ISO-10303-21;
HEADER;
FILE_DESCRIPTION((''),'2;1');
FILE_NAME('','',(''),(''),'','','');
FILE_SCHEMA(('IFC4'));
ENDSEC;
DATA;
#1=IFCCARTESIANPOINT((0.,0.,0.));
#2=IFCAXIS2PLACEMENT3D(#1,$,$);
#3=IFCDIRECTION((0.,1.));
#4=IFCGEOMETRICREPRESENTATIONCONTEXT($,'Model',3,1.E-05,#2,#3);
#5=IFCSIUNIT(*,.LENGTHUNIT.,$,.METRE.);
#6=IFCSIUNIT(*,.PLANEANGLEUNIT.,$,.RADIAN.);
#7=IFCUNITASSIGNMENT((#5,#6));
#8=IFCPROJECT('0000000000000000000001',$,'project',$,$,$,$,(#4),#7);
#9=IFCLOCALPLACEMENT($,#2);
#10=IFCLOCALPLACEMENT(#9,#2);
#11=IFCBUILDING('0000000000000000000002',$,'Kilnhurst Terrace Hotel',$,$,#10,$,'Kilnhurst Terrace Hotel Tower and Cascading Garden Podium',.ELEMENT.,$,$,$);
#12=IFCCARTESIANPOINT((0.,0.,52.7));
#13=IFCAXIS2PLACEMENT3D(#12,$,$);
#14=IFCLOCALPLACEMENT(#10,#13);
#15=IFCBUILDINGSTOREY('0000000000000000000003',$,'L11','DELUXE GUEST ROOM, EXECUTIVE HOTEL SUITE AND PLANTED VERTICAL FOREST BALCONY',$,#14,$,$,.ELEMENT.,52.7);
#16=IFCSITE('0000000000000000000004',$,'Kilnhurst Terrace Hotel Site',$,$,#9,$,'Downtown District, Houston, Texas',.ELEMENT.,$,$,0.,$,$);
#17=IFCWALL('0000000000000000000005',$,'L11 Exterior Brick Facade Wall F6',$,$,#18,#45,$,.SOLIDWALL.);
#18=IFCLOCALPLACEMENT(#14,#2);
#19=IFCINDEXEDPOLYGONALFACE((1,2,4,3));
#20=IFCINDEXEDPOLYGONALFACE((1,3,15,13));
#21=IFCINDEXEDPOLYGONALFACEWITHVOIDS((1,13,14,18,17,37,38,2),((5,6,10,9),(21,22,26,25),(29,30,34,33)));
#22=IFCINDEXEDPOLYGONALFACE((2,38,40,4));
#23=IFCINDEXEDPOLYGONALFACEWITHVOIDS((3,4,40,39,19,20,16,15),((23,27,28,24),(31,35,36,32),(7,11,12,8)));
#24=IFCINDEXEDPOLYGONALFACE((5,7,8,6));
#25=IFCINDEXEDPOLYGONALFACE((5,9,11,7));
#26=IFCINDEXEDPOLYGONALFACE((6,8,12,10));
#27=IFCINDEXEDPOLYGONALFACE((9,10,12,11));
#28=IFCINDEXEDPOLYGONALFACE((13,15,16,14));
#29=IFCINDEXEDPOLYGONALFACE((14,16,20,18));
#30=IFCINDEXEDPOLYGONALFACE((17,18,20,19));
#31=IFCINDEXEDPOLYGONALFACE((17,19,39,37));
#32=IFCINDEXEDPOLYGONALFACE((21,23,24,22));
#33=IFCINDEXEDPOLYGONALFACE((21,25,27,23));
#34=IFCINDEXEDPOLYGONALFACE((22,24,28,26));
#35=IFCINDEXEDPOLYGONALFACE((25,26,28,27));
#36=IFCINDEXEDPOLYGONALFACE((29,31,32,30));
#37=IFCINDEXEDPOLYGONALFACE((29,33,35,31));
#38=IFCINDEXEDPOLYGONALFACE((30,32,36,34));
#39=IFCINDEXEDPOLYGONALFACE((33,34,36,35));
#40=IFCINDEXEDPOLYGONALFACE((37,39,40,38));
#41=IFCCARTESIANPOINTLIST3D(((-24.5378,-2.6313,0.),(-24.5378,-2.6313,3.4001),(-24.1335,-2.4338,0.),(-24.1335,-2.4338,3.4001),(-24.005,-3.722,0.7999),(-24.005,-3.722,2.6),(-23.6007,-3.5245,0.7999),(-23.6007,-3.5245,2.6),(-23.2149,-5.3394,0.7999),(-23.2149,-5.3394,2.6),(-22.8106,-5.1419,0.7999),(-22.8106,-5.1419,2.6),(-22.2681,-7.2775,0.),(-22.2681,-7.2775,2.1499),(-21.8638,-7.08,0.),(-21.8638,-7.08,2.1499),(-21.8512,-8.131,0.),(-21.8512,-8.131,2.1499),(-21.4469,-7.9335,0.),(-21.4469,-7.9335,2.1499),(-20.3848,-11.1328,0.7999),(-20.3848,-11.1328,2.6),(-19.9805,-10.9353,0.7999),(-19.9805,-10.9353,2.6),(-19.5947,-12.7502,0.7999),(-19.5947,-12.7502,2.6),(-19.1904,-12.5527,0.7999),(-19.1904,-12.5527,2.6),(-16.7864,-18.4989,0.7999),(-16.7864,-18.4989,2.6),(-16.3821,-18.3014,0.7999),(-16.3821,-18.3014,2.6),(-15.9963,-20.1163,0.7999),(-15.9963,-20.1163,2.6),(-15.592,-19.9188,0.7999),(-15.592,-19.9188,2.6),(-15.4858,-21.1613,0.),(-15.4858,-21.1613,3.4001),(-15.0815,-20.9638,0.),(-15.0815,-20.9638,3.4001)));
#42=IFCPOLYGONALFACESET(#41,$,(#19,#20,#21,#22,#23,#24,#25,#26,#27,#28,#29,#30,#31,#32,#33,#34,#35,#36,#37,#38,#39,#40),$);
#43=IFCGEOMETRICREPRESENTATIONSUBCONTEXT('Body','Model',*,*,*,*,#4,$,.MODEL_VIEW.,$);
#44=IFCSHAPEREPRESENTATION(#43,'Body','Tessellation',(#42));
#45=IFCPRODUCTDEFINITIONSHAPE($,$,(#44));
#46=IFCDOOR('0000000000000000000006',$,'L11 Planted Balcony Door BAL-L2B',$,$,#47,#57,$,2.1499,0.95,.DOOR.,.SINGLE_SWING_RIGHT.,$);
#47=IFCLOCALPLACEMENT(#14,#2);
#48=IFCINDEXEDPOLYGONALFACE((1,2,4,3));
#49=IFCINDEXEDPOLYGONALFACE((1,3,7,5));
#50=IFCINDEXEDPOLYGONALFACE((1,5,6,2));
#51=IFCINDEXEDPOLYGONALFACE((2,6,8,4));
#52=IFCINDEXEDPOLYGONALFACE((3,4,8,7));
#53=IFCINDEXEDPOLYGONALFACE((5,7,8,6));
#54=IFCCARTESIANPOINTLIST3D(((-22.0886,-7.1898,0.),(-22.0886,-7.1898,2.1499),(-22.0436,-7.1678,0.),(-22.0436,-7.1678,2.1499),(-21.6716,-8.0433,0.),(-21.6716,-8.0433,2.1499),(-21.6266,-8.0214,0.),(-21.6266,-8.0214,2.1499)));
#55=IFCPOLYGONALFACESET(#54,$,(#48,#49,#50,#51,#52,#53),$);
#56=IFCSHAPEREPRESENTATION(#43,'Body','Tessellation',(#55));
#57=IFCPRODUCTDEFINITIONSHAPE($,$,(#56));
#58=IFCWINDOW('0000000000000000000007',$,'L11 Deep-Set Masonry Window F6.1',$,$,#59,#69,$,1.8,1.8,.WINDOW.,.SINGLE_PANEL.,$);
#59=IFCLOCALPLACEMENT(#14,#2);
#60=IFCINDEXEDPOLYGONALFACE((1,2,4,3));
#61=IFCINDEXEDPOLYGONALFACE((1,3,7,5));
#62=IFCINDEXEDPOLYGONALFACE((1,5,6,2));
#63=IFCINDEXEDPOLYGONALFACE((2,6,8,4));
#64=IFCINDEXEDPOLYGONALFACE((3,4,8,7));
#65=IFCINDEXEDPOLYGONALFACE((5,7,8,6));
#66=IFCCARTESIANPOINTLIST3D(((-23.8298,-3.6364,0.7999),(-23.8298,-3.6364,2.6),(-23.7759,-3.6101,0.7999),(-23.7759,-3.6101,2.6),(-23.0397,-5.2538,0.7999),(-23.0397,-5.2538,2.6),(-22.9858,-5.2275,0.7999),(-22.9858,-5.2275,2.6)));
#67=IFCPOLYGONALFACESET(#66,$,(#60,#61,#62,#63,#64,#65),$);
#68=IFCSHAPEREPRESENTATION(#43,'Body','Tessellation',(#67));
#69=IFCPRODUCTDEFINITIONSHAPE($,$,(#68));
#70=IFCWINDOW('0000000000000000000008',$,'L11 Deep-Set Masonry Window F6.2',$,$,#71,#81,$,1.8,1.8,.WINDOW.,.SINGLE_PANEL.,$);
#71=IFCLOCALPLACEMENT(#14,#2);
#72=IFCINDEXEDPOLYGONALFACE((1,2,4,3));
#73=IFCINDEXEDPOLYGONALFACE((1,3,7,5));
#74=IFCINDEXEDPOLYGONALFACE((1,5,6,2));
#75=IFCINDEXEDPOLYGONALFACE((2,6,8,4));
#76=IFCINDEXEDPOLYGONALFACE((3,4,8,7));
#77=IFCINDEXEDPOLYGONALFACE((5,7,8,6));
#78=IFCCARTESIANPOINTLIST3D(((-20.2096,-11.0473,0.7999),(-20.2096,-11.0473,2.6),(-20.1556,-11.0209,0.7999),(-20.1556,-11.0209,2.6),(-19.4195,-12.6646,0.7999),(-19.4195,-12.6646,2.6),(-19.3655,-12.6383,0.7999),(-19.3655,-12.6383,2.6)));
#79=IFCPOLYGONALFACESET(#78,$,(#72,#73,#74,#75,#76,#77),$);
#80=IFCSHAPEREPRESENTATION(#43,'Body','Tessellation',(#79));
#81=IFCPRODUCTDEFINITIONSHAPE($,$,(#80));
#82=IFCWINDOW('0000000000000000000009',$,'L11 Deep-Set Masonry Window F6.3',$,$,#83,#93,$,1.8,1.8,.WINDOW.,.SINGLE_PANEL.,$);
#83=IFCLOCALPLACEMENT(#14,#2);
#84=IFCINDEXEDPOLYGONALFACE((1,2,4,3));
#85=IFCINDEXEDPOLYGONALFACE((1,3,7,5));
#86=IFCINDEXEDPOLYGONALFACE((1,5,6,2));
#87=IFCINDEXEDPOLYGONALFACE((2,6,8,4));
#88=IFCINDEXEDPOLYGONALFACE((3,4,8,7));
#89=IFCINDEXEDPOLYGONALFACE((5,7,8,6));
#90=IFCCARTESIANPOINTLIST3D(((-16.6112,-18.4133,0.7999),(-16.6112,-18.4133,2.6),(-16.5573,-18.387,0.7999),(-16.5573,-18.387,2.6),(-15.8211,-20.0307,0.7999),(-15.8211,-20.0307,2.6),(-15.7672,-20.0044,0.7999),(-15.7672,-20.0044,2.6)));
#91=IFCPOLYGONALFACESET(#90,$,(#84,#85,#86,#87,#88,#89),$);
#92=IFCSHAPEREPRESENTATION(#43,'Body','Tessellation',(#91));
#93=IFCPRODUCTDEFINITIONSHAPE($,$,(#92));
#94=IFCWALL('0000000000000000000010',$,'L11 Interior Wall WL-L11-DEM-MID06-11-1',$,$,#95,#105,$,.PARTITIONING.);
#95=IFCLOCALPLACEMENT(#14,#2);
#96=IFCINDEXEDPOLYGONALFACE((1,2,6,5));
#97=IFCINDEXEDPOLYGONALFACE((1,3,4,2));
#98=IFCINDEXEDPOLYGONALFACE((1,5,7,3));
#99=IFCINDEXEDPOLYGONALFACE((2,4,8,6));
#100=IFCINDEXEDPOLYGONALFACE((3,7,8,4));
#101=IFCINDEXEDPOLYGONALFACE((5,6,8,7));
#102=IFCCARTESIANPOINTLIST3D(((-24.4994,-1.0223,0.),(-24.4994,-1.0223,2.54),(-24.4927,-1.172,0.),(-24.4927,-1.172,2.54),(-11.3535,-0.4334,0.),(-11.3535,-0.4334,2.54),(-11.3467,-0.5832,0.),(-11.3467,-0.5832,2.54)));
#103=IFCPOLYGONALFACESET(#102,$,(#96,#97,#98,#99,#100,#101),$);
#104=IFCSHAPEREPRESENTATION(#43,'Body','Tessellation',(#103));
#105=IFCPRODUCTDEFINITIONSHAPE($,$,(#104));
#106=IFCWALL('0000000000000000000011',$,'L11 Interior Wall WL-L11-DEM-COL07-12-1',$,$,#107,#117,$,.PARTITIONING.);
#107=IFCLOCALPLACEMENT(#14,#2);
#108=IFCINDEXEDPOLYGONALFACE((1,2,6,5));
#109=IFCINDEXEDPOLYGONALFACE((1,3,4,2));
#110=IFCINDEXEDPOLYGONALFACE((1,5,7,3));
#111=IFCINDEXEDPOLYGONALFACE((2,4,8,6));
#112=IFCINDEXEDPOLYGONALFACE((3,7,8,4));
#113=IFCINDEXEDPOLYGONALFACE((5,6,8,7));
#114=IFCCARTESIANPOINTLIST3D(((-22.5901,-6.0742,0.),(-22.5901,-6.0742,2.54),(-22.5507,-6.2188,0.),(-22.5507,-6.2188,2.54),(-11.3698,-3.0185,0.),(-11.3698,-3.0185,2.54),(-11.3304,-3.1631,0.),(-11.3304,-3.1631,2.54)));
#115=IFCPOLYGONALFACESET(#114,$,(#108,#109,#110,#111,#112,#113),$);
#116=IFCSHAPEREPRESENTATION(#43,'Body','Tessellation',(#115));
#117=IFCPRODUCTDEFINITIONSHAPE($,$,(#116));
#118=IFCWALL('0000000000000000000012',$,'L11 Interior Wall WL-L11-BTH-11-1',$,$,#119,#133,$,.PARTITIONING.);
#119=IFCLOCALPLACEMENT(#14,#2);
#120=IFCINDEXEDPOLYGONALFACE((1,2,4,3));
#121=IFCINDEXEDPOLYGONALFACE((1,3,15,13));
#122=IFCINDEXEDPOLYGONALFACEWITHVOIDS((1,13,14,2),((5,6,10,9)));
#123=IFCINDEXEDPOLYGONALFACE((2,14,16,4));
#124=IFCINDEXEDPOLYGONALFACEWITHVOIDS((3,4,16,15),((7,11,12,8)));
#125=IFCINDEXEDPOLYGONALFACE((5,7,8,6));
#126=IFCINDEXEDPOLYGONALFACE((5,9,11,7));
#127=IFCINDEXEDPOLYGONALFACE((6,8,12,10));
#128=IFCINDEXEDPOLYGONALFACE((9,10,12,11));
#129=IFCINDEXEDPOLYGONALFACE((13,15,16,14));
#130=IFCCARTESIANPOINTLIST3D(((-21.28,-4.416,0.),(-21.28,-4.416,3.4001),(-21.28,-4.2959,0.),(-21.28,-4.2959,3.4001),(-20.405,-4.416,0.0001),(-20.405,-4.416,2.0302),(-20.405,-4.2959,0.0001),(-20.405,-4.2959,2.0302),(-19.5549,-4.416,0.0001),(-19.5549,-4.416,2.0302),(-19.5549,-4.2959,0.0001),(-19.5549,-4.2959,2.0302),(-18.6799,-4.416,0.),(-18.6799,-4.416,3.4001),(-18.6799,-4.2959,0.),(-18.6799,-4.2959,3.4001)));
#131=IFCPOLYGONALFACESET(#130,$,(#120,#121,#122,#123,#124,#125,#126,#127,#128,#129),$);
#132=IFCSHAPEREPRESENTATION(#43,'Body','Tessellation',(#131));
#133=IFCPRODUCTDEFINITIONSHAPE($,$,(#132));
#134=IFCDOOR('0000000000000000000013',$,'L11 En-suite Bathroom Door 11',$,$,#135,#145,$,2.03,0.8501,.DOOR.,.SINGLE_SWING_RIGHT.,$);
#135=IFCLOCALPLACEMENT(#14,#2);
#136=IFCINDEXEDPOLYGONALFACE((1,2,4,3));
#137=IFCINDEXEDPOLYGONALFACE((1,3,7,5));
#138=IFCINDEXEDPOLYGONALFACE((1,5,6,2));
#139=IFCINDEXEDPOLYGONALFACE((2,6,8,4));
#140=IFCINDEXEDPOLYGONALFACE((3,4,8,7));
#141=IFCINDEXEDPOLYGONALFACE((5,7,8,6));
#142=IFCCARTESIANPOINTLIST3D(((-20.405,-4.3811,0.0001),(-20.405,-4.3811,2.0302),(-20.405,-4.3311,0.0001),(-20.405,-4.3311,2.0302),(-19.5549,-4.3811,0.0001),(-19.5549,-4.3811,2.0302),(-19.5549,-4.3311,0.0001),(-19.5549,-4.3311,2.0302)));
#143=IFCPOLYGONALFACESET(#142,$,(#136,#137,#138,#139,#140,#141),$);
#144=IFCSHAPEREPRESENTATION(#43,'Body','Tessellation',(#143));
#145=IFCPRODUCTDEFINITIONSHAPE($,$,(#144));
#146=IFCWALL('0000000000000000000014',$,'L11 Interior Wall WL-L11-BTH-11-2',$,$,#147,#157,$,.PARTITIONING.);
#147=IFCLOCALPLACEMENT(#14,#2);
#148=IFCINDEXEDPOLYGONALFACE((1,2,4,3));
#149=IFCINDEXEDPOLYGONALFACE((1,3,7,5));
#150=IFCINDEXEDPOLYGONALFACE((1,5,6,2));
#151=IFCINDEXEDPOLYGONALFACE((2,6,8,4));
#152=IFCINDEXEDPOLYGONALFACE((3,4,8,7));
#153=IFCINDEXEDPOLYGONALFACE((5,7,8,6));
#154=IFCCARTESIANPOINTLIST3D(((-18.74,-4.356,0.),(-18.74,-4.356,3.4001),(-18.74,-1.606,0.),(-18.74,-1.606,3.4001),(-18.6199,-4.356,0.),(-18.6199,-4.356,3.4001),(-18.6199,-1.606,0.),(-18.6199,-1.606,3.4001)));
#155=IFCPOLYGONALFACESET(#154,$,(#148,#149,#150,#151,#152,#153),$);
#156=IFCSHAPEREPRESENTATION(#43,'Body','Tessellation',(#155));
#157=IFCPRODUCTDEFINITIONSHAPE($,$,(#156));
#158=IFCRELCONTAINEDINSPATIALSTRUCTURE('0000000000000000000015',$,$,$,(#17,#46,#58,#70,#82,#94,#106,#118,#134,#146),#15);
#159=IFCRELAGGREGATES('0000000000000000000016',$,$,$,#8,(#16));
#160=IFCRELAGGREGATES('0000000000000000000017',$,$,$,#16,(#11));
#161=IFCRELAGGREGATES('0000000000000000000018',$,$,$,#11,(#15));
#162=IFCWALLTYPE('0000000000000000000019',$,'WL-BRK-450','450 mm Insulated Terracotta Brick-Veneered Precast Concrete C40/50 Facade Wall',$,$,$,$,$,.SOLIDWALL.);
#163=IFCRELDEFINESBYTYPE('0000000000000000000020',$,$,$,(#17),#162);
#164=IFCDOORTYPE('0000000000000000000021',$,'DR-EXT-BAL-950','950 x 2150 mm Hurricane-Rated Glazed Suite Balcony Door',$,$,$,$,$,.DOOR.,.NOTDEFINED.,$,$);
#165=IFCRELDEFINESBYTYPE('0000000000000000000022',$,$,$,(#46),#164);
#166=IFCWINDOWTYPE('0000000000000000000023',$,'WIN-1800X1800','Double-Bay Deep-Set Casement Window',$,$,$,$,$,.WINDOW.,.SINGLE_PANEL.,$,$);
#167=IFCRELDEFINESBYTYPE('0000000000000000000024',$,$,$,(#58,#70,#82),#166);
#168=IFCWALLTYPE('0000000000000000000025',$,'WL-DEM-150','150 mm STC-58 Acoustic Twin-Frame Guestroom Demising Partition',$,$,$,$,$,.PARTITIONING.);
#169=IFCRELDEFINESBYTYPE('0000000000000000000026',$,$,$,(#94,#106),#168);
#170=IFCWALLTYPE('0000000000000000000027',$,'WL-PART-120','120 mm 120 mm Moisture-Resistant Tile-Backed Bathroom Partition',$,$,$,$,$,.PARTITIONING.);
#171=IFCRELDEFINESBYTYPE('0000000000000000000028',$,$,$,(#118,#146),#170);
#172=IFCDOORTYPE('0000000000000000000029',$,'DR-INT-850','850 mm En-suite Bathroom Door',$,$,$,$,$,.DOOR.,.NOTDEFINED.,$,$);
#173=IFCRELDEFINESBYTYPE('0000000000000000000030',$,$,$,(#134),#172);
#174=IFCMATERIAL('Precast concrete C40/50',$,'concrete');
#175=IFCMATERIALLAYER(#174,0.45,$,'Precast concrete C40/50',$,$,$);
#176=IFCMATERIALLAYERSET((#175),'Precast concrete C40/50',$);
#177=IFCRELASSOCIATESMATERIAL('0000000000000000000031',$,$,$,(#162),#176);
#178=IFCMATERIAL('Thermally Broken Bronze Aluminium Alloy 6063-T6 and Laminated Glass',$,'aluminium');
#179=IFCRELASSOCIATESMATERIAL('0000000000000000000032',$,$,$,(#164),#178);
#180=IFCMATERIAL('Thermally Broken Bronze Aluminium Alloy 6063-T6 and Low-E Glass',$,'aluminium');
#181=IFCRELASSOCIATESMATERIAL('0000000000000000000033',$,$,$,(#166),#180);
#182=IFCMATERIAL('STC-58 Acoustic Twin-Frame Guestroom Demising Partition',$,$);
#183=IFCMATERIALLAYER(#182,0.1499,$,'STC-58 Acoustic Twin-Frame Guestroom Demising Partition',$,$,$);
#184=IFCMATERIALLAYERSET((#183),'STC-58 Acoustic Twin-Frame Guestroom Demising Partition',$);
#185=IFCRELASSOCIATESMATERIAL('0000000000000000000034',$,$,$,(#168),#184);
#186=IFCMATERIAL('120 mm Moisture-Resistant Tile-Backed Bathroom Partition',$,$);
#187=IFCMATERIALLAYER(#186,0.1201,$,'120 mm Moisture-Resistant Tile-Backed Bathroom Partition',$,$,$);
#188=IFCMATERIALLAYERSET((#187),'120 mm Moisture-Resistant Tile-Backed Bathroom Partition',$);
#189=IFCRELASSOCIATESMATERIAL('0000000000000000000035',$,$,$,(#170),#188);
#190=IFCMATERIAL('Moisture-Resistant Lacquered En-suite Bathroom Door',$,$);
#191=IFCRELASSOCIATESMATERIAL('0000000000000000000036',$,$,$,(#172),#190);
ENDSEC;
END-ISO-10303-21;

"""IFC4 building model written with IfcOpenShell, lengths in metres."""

from ifc_helpers import new_model, si_unit, direction, frame, frame_2d, origin, place, context, subcontext, project, spatial, rectangle, extrude, material, layer, layer_set, type_object, element, fill, save


model = new_model("IFC4")

# Units and contexts
model_context = context("Model", 3, precision=1e-05, world=origin(), true_north=direction((0.0, 1.0)))
body_context = subcontext(model_context, "Body", "Model", "MODEL_VIEW")
ifc_project = project(units=[si_unit("LENGTHUNIT", "METRE"), si_unit("PLANEANGLEUNIT", "RADIAN")], contexts=[model_context])

# Site, building, storey
site_placement = place(None, origin())
site = spatial("IfcSite", under=ifc_project, at=site_placement, Name="Kilnhurst Terrace Hotel Site", LongName="Downtown District, Houston, Texas", CompositionType="ELEMENT", RefElevation=0.0)
building_placement = place(site_placement, origin())
building = spatial("IfcBuilding", under=site, at=building_placement, Name="Kilnhurst Terrace Hotel", LongName="Kilnhurst Terrace Hotel Tower and Cascading Garden Podium", CompositionType="ELEMENT")
storey_placement = place(building_placement, frame((0.0, 0.0, 52.7)))
storey = spatial("IfcBuildingStorey", under=building, at=storey_placement, Name="L11", Description="DELUXE GUEST ROOM, EXECUTIVE HOTEL SUITE AND PLANTED VERTICAL FOREST BALCONY", CompositionType="ELEMENT", Elevation=52.7)

# Shared definitions
ifc_material_1 = material(Name="Precast concrete C40/50", Category="concrete")
ifc_layer_1 = layer(ifc_material_1, 0.45, Name="Precast concrete C40/50")
ifc_layer_set_1 = layer_set([ifc_layer_1], Name="Precast concrete C40/50")
wall_type_1 = type_object("IfcWallType", Name="WL-BRK-450", Description="450 mm Insulated Terracotta Brick-Veneered Precast Concrete C40/50 Facade Wall", PredefinedType="SOLIDWALL", material=ifc_layer_set_1)

# Wall, openings, door, windows
wall_1_placement = place(storey_placement, frame((-24.3357, -2.5325, 0.0), z_axis=(0.0, 0.0, 1.0), x_axis=(0.438931, -0.898521, 0.0)))
wall_1 = element("IfcWall", 1, at=wall_1_placement, inside=storey, type_object=wall_type_1, Name="L11 Exterior Brick Facade Wall F6", PredefinedType="SOLIDWALL", context=body_context, shape_type="SweptSolid", body=[
    extrude(rectangle(XDim=20.6228, YDim=0.45, at=frame_2d((10.3115, 0.0))), origin(), (0.0, 0.0, 1.0), 3.4001),
])
opening_1_placement = place(wall_1_placement, frame((5.1709, 0.0, 0.0)))
opening_1 = element("IfcOpeningElement", 2, at=opening_1_placement, cuts=wall_1, PredefinedType="OPENING", context=body_context, shape_type="SweptSolid", body=[
    extrude(rectangle(XDim=0.95, YDim=2.1499, at=frame_2d((0.4751, 1.075))), frame((0.0, 0.2349, 0.0), z_axis=(0.0, -1.0, 0.0), x_axis=(1.0, 0.0, 0.0)), (0.0, 0.0, 1.0), 0.47),
])
opening_2_placement = place(wall_1_placement, frame((1.2141, 0.0, 0.8)))
opening_2 = element("IfcOpeningElement", 3, at=opening_2_placement, cuts=wall_1, PredefinedType="OPENING", context=body_context, shape_type="SweptSolid", body=[
    extrude(rectangle(XDim=1.8, YDim=1.8, at=frame_2d((0.8999, 0.8999))), frame((0.0, 0.2349, 0.0), z_axis=(0.0, -1.0, 0.0), x_axis=(1.0, 0.0, 0.0)), (0.0, 0.0, 1.0), 0.47),
])
opening_3_placement = place(wall_1_placement, frame((9.4619, 0.0, 0.8)))
opening_3 = element("IfcOpeningElement", 4, at=opening_3_placement, cuts=wall_1, PredefinedType="OPENING", context=body_context, shape_type="SweptSolid", body=[
    extrude(rectangle(XDim=1.8, YDim=1.8, at=frame_2d((0.8999, 0.8999))), frame((0.0, 0.2349, 0.0), z_axis=(0.0, -1.0, 0.0), x_axis=(1.0, 0.0, 0.0)), (0.0, 0.0, 1.0), 0.47),
])
opening_4_placement = place(wall_1_placement, frame((17.6599, 0.0, 0.8)))
opening_4 = element("IfcOpeningElement", 5, at=opening_4_placement, cuts=wall_1, PredefinedType="OPENING", context=body_context, shape_type="SweptSolid", body=[
    extrude(rectangle(XDim=1.8, YDim=1.8, at=frame_2d((0.8999, 0.8999))), frame((0.0, 0.2349, 0.0), z_axis=(0.0, -1.0, 0.0), x_axis=(1.0, 0.0, 0.0)), (0.0, 0.0, 1.0), 0.47),
])
ifc_material_2 = material(Name="Thermally Broken Bronze Aluminium Alloy 6063-T6 and Laminated Glass", Category="aluminium")
door_type_1 = type_object("IfcDoorType", Name="DR-EXT-BAL-950", Description="950 x 2150 mm Hurricane-Rated Glazed Suite Balcony Door", OperationType="NOTDEFINED", PredefinedType="DOOR", material=ifc_material_2)
door_1_placement = place(opening_1_placement, origin())
door_1 = element("IfcDoor", 6, at=door_1_placement, inside=storey, type_object=door_type_1, Name="L11 Planted Balcony Door BAL-L2B", OperationType="SINGLE_SWING_RIGHT", OverallHeight=2.1499, OverallWidth=0.95, PredefinedType="DOOR", context=body_context, shape_type="SweptSolid", body=[
    extrude(rectangle(XDim=0.95, YDim=2.1499, at=frame_2d((0.4751, 1.075))), frame((0.0, 0.0249, 0.0), z_axis=(0.0, -1.0, 0.0), x_axis=(1.0, 0.0, 0.0)), (0.0, 0.0, 1.0), 0.05),
])
fill(opening_1, door_1)
ifc_material_3 = material(Name="Thermally Broken Bronze Aluminium Alloy 6063-T6 and Low-E Glass", Category="aluminium")
window_type = type_object("IfcWindowType", Name="WIN-1800X1800", Description="Double-Bay Deep-Set Casement Window", PartitioningType="SINGLE_PANEL", PredefinedType="WINDOW", material=ifc_material_3)
window_1_placement = place(opening_2_placement, origin())
window_1 = element("IfcWindow", 7, at=window_1_placement, inside=storey, type_object=window_type, Name="L11 Deep-Set Masonry Window F6.1", OverallHeight=1.8, OverallWidth=1.8, PartitioningType="SINGLE_PANEL", PredefinedType="WINDOW", context=body_context, shape_type="SweptSolid", body=[
    extrude(rectangle(XDim=1.8, YDim=1.8, at=frame_2d((0.8999, 0.8999))), frame((0.0, 0.03, 0.0), z_axis=(0.0, -1.0, 0.0), x_axis=(1.0, 0.0, 0.0)), (0.0, 0.0, 1.0), 0.0601),
])
fill(opening_2, window_1)
window_2_placement = place(opening_3_placement, origin())
window_2 = element("IfcWindow", 8, at=window_2_placement, inside=storey, type_object=window_type, Name="L11 Deep-Set Masonry Window F6.2", OverallHeight=1.8, OverallWidth=1.8, PartitioningType="SINGLE_PANEL", PredefinedType="WINDOW", context=body_context, shape_type="SweptSolid", body=[
    extrude(rectangle(XDim=1.8, YDim=1.8, at=frame_2d((0.8999, 0.8999))), frame((0.0, 0.03, 0.0), z_axis=(0.0, -1.0, 0.0), x_axis=(1.0, 0.0, 0.0)), (0.0, 0.0, 1.0), 0.0601),
])
fill(opening_3, window_2)
window_3_placement = place(opening_4_placement, origin())
window_3 = element("IfcWindow", 9, at=window_3_placement, inside=storey, type_object=window_type, Name="L11 Deep-Set Masonry Window F6.3", OverallHeight=1.8, OverallWidth=1.8, PartitioningType="SINGLE_PANEL", PredefinedType="WINDOW", context=body_context, shape_type="SweptSolid", body=[
    extrude(rectangle(XDim=1.8, YDim=1.8, at=frame_2d((0.8999, 0.8999))), frame((0.0, 0.03, 0.0), z_axis=(0.0, -1.0, 0.0), x_axis=(1.0, 0.0, 0.0)), (0.0, 0.0, 1.0), 0.0601),
])
fill(opening_4, window_3)

# Walls
ifc_material_4 = material(Name="STC-58 Acoustic Twin-Frame Guestroom Demising Partition")
ifc_layer_2 = layer(ifc_material_4, 0.1499, Name="STC-58 Acoustic Twin-Frame Guestroom Demising Partition")
ifc_layer_set_2 = layer_set([ifc_layer_2], Name="STC-58 Acoustic Twin-Frame Guestroom Demising Partition")
wall_type_2 = type_object("IfcWallType", Name="WL-DEM-150", Description="150 mm STC-58 Acoustic Twin-Frame Guestroom Demising Partition", PredefinedType="PARTITIONING", material=ifc_layer_set_2)
wall_2_placement = place(storey_placement, frame((-11.3501, -0.5083, 0.0), z_axis=(0.0, 0.0, 1.0), x_axis=(-0.998998, -0.04475, 0.0)))
element("IfcWall", 10, at=wall_2_placement, inside=storey, type_object=wall_type_2, Name="L11 Interior Wall WL-L11-DEM-MID06-11-1", PredefinedType="PARTITIONING", context=body_context, shape_type="SweptSolid", body=[
    extrude(rectangle(XDim=13.1592, YDim=0.1499, at=frame_2d((6.5796, 0.0))), origin(), (0.0, 0.0, 1.0), 2.54),
])
wall_3_placement = place(storey_placement, frame((-11.3501, -3.0908, 0.0), z_axis=(0.0, 0.0, 1.0), x_axis=(-0.96486, -0.262766, 0.0)))
element("IfcWall", 11, at=wall_3_placement, inside=storey, type_object=wall_type_2, Name="L11 Interior Wall WL-L11-DEM-COL07-12-1", PredefinedType="PARTITIONING", context=body_context, shape_type="SweptSolid", body=[
    extrude(rectangle(XDim=11.6289, YDim=0.1499, at=frame_2d((5.8145, 0.0))), origin(), (0.0, 0.0, 1.0), 2.54),
])

# Wall, opening, door
ifc_material_5 = material(Name="120 mm Moisture-Resistant Tile-Backed Bathroom Partition")
ifc_layer_3 = layer(ifc_material_5, 0.1201, Name="120 mm Moisture-Resistant Tile-Backed Bathroom Partition")
ifc_layer_set_3 = layer_set([ifc_layer_3], Name="120 mm Moisture-Resistant Tile-Backed Bathroom Partition")
wall_type_3 = type_object("IfcWallType", Name="WL-PART-120", Description="120 mm 120 mm Moisture-Resistant Tile-Backed Bathroom Partition", PredefinedType="PARTITIONING", material=ifc_layer_set_3)
wall_4_placement = place(storey_placement, frame((-21.28, -4.356, 0.0), z_axis=(0.0, 0.0, 1.0), x_axis=(1.0, 0.0, 0.0)))
wall_4 = element("IfcWall", 12, at=wall_4_placement, inside=storey, type_object=wall_type_3, Name="L11 Interior Wall WL-L11-BTH-11-1", PredefinedType="PARTITIONING", context=body_context, shape_type="SweptSolid", body=[
    extrude(rectangle(XDim=2.6001, YDim=0.1201, at=frame_2d((1.3, 0.0))), origin(), (0.0, 0.0, 1.0), 3.4001),
])
opening_5_placement = place(wall_4_placement, frame((0.875, 0.0, 0.0)))
opening_5 = element("IfcOpeningElement", 13, at=opening_5_placement, cuts=wall_4, PredefinedType="OPENING", context=body_context, shape_type="SweptSolid", body=[
    extrude(rectangle(XDim=0.8501, YDim=2.03, at=frame_2d((0.425, 1.0151))), frame((0.0, 0.0701, 0.0), z_axis=(0.0, -1.0, 0.0), x_axis=(1.0, 0.0, 0.0)), (0.0, 0.0, 1.0), 0.1401),
])
ifc_material_6 = material(Name="Moisture-Resistant Lacquered En-suite Bathroom Door")
door_type_2 = type_object("IfcDoorType", Name="DR-INT-850", Description="850 mm En-suite Bathroom Door", OperationType="NOTDEFINED", PredefinedType="DOOR", material=ifc_material_6)
door_2_placement = place(opening_5_placement, origin())
door_2 = element("IfcDoor", 14, at=door_2_placement, inside=storey, type_object=door_type_2, Name="L11 En-suite Bathroom Door 11", OperationType="SINGLE_SWING_RIGHT", OverallHeight=2.03, OverallWidth=0.8501, PredefinedType="DOOR", context=body_context, shape_type="SweptSolid", body=[
    extrude(rectangle(XDim=0.8501, YDim=2.03, at=frame_2d((0.425, 1.0151))), frame((0.0, 0.0249, 0.0), z_axis=(0.0, -1.0, 0.0), x_axis=(1.0, 0.0, 0.0)), (0.0, 0.0, 1.0), 0.05),
])
fill(opening_5, door_2)

# Wall
wall_5_placement = place(storey_placement, frame((-18.6799, -4.356, 0.0), z_axis=(0.0, 0.0, 1.0), x_axis=(0.0, 1.0, 0.0)))
element("IfcWall", 15, at=wall_5_placement, inside=storey, type_object=wall_type_3, Name="L11 Interior Wall WL-L11-BTH-11-2", PredefinedType="PARTITIONING", context=body_context, shape_type="SweptSolid", body=[
    extrude(rectangle(XDim=2.75, YDim=0.1201, at=frame_2d((1.375, 0.0))), origin(), (0.0, 0.0, 1.0), 3.4001),
])

save(model, "model.ifc")
